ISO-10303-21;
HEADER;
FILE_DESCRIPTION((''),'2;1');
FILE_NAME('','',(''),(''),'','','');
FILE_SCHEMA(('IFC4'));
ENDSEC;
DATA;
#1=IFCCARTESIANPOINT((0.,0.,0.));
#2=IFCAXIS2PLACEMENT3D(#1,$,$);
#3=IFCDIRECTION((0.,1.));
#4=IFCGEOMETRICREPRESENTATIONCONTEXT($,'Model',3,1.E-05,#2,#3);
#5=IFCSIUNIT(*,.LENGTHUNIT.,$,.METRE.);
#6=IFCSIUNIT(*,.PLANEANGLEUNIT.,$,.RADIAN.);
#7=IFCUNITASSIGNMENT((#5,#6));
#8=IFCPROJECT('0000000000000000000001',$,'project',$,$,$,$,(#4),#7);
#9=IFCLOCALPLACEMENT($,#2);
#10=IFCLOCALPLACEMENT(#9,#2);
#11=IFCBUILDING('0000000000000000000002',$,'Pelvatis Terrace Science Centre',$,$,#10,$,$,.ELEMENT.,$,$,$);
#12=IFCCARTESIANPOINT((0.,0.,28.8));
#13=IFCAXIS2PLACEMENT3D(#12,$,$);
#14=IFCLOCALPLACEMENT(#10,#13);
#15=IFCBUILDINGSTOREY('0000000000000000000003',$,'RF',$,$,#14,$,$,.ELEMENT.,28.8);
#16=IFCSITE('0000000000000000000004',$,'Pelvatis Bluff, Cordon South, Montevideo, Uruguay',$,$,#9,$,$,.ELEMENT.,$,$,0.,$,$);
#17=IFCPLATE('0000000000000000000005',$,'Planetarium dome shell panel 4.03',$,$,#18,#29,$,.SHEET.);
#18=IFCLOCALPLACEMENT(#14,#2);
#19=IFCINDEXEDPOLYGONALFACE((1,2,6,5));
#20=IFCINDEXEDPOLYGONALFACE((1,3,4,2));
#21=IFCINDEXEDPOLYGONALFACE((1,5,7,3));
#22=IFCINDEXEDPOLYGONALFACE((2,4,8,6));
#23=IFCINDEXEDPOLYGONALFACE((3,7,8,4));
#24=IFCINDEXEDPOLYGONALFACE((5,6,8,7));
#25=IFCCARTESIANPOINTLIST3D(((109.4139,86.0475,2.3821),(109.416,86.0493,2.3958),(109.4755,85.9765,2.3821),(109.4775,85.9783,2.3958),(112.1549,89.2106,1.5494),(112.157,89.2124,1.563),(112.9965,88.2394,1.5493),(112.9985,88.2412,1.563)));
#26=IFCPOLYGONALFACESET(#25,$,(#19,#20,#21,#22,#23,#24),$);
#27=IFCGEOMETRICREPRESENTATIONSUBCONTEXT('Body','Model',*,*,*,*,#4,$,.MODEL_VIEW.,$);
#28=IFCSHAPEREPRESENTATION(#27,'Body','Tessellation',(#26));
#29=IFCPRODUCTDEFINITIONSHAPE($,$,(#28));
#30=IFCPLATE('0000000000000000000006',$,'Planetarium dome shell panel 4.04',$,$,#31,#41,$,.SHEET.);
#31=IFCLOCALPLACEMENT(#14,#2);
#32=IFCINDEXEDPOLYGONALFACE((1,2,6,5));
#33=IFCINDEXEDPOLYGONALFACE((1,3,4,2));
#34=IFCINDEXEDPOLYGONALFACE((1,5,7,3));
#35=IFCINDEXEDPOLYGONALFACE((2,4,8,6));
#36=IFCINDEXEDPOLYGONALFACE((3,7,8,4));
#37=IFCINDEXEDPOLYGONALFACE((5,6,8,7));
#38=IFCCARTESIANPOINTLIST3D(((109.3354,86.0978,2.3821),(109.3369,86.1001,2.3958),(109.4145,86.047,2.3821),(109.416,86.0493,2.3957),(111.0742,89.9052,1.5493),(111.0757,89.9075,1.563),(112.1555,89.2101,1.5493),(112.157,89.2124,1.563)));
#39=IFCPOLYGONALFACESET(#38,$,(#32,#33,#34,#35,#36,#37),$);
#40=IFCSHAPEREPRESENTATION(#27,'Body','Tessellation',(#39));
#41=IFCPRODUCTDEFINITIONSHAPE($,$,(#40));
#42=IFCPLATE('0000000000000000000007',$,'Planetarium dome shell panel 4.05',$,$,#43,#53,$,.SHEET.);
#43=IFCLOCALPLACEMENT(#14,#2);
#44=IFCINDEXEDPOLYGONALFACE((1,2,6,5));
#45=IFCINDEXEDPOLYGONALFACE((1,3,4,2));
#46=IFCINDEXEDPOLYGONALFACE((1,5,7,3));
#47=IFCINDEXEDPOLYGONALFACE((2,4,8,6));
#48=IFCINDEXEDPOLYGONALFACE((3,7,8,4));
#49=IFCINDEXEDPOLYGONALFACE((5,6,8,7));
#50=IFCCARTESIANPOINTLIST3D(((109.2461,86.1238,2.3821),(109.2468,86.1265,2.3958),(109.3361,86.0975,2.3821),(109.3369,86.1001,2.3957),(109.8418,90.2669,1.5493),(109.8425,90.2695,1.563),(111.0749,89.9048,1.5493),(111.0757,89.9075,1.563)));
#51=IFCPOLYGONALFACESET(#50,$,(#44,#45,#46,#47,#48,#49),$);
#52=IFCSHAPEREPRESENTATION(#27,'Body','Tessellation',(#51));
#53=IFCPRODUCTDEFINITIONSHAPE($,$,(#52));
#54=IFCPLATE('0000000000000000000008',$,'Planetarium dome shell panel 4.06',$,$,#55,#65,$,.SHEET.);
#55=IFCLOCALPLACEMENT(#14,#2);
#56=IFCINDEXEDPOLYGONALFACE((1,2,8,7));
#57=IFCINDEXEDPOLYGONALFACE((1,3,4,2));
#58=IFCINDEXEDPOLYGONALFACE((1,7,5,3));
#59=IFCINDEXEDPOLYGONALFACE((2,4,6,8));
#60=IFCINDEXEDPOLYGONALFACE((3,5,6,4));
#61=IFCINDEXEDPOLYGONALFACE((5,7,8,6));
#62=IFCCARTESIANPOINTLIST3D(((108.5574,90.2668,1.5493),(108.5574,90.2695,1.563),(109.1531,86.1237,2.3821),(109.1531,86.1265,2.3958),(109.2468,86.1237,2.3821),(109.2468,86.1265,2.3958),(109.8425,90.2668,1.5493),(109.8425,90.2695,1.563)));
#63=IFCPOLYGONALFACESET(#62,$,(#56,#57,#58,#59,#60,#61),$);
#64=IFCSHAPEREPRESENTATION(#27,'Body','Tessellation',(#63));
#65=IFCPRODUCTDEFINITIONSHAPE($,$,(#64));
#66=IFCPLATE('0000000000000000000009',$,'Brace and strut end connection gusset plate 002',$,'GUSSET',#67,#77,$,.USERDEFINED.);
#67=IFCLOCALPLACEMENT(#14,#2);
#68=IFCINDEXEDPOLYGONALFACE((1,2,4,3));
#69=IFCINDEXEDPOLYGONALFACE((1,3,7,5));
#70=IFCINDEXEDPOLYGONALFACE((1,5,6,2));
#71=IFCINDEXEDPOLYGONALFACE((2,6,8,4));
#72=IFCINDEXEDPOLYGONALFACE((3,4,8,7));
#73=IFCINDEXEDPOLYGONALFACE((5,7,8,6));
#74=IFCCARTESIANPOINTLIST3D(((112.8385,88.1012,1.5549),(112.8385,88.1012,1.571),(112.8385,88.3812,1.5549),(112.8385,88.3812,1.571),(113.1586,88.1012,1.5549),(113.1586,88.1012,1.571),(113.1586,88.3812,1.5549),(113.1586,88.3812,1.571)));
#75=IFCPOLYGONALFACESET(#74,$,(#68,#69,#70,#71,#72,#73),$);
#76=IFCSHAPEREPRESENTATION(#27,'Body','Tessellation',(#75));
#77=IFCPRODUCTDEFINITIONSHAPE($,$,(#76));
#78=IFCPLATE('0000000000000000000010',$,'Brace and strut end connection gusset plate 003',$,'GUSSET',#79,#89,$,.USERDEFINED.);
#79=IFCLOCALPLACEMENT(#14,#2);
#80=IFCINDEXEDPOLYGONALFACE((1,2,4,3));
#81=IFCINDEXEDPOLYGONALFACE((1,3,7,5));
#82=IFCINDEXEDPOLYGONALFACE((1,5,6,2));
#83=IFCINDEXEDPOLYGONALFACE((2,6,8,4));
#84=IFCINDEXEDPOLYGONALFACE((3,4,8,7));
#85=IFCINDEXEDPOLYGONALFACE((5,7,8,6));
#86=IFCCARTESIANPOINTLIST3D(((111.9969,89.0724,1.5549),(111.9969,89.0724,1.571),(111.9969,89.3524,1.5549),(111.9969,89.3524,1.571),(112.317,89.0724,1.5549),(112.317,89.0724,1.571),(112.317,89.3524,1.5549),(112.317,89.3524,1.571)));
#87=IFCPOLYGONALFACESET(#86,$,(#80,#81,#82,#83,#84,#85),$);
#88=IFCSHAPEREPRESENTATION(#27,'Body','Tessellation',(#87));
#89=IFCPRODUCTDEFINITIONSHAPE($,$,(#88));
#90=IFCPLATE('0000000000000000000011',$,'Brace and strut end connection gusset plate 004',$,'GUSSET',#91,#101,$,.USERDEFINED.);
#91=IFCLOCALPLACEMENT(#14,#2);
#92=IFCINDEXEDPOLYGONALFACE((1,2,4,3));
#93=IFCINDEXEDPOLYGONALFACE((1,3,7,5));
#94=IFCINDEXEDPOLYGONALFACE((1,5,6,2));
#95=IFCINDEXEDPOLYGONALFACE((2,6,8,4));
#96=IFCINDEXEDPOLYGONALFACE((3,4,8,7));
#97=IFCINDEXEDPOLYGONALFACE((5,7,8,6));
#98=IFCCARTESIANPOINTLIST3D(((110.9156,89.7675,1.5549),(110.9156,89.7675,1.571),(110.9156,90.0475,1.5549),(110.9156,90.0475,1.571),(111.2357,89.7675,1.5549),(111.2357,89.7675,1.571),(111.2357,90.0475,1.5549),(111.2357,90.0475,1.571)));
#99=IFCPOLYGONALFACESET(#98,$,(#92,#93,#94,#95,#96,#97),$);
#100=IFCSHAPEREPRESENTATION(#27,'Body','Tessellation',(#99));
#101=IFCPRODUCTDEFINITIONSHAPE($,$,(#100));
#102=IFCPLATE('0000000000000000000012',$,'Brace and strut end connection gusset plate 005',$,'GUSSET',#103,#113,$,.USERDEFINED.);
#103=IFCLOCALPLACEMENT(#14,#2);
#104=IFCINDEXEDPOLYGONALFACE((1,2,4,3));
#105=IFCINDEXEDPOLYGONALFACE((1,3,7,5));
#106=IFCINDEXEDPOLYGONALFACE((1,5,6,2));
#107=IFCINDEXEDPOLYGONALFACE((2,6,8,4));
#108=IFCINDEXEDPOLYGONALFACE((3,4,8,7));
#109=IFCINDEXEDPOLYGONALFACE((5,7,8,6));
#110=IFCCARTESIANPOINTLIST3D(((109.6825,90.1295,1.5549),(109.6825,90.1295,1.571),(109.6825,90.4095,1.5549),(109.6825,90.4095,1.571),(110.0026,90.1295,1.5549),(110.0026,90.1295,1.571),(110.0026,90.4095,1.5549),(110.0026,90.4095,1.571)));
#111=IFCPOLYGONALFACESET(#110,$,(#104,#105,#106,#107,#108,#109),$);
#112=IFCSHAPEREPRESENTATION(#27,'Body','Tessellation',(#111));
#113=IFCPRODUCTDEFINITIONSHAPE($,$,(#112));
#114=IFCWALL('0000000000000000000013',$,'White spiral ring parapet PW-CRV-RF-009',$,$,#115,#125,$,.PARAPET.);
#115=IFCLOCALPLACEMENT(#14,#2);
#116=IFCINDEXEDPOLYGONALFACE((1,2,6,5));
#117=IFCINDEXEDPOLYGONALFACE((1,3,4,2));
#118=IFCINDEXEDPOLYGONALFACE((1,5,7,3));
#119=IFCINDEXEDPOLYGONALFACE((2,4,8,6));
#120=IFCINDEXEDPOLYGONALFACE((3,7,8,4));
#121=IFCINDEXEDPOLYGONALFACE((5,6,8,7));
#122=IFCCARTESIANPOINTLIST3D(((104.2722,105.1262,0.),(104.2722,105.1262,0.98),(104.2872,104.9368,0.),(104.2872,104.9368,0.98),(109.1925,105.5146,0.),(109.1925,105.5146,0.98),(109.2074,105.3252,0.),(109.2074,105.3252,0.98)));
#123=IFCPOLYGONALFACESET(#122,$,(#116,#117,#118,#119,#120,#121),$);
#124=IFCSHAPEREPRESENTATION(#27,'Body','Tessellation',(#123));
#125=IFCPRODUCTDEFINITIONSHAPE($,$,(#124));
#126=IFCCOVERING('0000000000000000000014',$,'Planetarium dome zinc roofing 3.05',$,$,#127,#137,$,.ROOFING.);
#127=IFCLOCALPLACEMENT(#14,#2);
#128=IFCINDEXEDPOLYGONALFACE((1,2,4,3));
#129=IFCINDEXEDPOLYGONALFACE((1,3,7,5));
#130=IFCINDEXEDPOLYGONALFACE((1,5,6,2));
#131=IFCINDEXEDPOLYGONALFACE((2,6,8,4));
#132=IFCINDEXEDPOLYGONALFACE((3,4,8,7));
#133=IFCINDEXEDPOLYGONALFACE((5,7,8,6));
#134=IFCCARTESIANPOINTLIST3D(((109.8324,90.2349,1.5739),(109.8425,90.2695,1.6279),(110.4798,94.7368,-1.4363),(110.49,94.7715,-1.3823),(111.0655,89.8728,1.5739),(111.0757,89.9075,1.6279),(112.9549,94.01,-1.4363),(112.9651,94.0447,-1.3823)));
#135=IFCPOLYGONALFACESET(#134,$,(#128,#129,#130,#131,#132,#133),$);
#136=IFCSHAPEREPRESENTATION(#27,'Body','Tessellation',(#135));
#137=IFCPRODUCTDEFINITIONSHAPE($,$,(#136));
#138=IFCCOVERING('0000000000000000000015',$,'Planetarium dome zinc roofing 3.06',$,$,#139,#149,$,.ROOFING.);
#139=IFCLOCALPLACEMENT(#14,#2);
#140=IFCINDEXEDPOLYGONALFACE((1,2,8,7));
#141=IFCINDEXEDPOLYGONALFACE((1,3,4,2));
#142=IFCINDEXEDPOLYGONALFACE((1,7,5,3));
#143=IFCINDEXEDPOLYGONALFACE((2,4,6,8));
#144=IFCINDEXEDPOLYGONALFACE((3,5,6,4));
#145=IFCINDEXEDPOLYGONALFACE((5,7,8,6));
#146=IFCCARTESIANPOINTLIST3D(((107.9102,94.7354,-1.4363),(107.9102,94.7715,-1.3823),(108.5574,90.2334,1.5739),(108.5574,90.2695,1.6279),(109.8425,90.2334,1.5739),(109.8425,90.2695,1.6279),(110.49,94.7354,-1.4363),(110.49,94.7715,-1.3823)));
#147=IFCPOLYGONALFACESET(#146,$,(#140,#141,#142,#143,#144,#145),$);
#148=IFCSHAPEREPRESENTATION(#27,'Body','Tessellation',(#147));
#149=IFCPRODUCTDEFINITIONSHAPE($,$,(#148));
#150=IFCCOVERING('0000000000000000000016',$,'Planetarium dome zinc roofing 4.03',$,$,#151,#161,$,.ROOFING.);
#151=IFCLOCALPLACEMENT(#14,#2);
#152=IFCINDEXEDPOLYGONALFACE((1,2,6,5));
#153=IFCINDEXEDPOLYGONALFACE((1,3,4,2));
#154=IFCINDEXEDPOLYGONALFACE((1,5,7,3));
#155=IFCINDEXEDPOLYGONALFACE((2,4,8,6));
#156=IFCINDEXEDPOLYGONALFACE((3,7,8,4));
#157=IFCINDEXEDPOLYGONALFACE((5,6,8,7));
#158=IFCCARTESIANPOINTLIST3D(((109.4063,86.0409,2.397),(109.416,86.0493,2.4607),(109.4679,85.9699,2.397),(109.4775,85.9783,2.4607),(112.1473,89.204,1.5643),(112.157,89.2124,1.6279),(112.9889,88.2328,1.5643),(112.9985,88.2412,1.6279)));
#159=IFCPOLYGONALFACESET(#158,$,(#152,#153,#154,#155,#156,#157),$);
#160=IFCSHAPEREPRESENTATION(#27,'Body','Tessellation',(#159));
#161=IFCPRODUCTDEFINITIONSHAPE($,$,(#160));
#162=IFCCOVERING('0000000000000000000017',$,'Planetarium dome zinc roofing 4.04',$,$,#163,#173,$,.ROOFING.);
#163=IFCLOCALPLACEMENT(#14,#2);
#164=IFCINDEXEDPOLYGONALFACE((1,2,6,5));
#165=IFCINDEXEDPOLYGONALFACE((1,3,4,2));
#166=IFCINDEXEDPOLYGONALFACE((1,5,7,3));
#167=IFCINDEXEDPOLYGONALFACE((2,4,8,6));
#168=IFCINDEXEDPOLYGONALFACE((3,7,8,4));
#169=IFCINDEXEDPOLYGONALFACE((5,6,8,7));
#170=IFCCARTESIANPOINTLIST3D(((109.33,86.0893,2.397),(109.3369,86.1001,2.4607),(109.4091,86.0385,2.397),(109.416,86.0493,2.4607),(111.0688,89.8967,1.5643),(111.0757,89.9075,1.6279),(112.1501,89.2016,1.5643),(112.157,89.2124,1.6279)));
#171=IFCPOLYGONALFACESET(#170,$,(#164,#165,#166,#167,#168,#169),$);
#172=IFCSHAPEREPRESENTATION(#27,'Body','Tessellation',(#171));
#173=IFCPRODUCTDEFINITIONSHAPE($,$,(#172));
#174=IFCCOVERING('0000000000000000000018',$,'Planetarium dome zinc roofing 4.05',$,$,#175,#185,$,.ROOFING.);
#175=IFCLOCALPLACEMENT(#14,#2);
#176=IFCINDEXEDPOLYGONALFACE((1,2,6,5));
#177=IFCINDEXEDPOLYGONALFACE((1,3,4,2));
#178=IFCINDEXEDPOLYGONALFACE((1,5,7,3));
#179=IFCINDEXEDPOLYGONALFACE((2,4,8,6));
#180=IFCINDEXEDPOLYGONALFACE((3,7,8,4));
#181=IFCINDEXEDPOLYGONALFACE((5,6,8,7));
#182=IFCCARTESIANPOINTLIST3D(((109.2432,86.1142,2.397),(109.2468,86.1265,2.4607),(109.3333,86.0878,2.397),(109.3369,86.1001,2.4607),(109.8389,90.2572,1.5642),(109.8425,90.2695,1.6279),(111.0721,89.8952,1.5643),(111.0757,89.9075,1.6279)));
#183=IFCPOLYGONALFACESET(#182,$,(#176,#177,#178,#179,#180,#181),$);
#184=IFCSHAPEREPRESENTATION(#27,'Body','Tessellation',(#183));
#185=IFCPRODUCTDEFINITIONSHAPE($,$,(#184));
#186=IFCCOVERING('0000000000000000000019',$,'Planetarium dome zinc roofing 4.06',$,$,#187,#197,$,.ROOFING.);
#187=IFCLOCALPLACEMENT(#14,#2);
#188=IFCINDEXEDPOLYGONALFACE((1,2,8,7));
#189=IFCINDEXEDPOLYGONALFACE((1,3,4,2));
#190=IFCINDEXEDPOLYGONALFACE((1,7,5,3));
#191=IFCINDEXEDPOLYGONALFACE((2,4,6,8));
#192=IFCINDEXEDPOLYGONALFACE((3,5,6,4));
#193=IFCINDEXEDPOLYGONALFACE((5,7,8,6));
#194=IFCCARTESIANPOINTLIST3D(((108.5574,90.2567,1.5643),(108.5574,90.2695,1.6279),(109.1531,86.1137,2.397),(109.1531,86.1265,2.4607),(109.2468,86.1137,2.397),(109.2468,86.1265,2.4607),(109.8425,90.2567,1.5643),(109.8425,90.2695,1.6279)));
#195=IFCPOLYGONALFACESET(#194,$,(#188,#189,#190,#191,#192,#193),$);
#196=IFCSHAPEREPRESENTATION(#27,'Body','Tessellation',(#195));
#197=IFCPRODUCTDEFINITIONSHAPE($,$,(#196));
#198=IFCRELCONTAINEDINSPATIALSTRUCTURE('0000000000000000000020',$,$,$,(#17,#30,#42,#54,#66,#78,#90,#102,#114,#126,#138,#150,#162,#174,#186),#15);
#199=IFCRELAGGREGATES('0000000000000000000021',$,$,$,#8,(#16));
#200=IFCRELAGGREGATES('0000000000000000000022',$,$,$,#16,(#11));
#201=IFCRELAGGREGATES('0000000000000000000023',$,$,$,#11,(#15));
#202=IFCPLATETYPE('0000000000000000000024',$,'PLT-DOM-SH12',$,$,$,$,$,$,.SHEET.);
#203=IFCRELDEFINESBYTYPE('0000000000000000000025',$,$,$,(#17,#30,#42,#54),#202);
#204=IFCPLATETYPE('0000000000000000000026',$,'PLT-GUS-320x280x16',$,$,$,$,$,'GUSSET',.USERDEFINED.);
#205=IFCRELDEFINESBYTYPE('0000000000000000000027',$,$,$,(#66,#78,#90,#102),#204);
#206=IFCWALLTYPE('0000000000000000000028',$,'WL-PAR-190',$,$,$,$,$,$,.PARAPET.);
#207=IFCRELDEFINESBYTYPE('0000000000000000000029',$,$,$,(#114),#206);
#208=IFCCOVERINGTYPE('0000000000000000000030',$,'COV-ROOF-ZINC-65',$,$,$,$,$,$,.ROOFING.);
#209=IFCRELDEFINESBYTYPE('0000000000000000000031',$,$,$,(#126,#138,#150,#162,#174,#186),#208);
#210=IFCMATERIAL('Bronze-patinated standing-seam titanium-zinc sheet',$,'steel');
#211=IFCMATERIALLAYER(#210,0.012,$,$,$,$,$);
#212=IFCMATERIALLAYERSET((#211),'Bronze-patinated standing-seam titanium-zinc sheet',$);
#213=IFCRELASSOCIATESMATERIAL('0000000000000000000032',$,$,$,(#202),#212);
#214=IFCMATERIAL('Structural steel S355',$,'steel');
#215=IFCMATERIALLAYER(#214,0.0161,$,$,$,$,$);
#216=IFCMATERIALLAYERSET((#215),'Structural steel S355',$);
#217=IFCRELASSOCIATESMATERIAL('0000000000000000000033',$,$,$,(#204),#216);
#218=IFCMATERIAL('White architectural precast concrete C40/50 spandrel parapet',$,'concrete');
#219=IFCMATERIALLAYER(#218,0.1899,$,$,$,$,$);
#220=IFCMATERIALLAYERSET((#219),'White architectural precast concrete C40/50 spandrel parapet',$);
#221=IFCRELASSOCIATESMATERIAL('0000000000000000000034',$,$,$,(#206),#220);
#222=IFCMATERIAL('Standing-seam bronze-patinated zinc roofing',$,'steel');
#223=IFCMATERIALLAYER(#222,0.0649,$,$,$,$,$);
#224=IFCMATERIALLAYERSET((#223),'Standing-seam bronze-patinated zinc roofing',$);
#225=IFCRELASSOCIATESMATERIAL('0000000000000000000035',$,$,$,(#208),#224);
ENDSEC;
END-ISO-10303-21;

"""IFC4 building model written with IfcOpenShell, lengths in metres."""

from ifc_helpers import new_model, si_unit, direction, frame, frame_2d, origin, origin_2d, place, context, subcontext, project, spatial, polyline, rectangle, outline, extrude, material, layer, layer_set, type_object, element, save


model = new_model("IFC4")

# Units and contexts
model_context = context("Model", 3, precision=1e-05, world=origin(), true_north=direction((0.0, 1.0)))
body_context = subcontext(model_context, "Body", "Model", "MODEL_VIEW")
ifc_project = project(units=[si_unit("LENGTHUNIT", "METRE"), si_unit("PLANEANGLEUNIT", "RADIAN")], contexts=[model_context])

# Site, building, storey
site_placement = place(None, origin())
site = spatial("IfcSite", under=ifc_project, at=site_placement, Name="Pelvatis Bluff, Cordon South, Montevideo, Uruguay", CompositionType="ELEMENT", RefElevation=0.0)
building_placement = place(site_placement, origin())
building = spatial("IfcBuilding", under=site, at=building_placement, Name="Pelvatis Terrace Science Centre", CompositionType="ELEMENT")
storey_placement = place(building_placement, frame((0.0, 0.0, 28.8)))
storey = spatial("IfcBuildingStorey", under=building, at=storey_placement, Name="RF", CompositionType="ELEMENT", Elevation=28.8)

# Plates
ifc_material_1 = material(Name="Bronze-patinated standing-seam titanium-zinc sheet", Category="steel")
ifc_layer_1 = layer(ifc_material_1, 0.012)
ifc_layer_set_1 = layer_set([ifc_layer_1], Name="Bronze-patinated standing-seam titanium-zinc sheet")
plate_type_1 = type_object("IfcPlateType", Name="PLT-DOM-SH12", PredefinedType="SHEET", material=ifc_layer_set_1)
plate_1_placement = place(storey_placement, frame((112.9985, 88.2412, 1.563), z_axis=(0.148937, 0.12905, 0.98039), x_axis=(-0.654865, 0.755746, 0.000004)))
element("IfcPlate", 1, at=plate_1_placement, inside=storey, type_object=plate_type_1, Name="Planetarium dome shell panel 4.03", PredefinedType="SHEET", context=body_context, shape_type="SweptSolid", body=[
    extrude(outline(polyline([(0.0, 0.0), (1.2851, 0.0), (0.6896, 4.2257), (0.5956, 4.2258), (0.0, 0.0)])), origin(), (0.0, 0.0, -1.0), 0.0139),
])
plate_2_placement = place(storey_placement, frame((112.157, 89.2124, 1.563), z_axis=(0.106553, 0.165776, 0.98039), x_axis=(-0.841198, 0.540727, -0.000008)))
element("IfcPlate", 2, at=plate_2_placement, inside=storey, type_object=plate_type_1, Name="Planetarium dome shell panel 4.04", PredefinedType="SHEET", context=body_context, shape_type="SweptSolid", body=[
    extrude(outline(polyline([(0.0, 0.0), (1.2854, 0.0), (0.6893, 4.2258), (0.5953, 4.2258), (0.0, 0.0)])), origin(), (0.0, 0.0, -1.0), 0.0139),
])
plate_3_placement = place(storey_placement, frame((111.0757, 89.9075, 1.563), z_axis=(0.055504, 0.189083, 0.980391), x_axis=(-0.959499, 0.281712, -0.000011)))
element("IfcPlate", 3, at=plate_3_placement, inside=storey, type_object=plate_type_1, Name="Planetarium dome shell panel 4.05", PredefinedType="SHEET", context=body_context, shape_type="SweptSolid", body=[
    extrude(outline(polyline([(0.0, 0.0), (1.2852, 0.0), (0.6896, 4.2259), (0.5958, 4.2259), (0.0, 0.0)])), origin(), (0.0, 0.0, -1.0), 0.0139),
])
plate_4_placement = place(storey_placement, frame((109.8425, 90.2695, 1.563), z_axis=(0.0, 0.19706, 0.980391), x_axis=(-1.0, 0.0, 0.0)))
element("IfcPlate", 4, at=plate_4_placement, inside=storey, type_object=plate_type_1, Name="Planetarium dome shell panel 4.06", PredefinedType="SHEET", context=body_context, shape_type="SweptSolid", body=[
    extrude(outline(polyline([(0.0, 0.0), (1.2852, 0.0), (0.6895, 4.2259), (0.5957, 4.2259), (0.0, 0.0)])), origin(), (0.0, 0.0, -1.0), 0.0139),
])
ifc_material_2 = material(Name="Structural steel S355", Category="steel")
ifc_layer_2 = layer(ifc_material_2, 0.0161)
ifc_layer_set_2 = layer_set([ifc_layer_2], Name="Structural steel S355")
plate_type_2 = type_object("IfcPlateType", Name="PLT-GUS-320x280x16", ElementType="GUSSET", PredefinedType="USERDEFINED", material=ifc_layer_set_2)
for number, where, z_axis, x_axis, name in (
    (5, (112.9985, 88.2412, 1.5549), (0.0, 0.0, 1.0), (1.0, 0.0, 0.0), "Brace and strut end connection gusset plate 002"),
    (6, (112.157, 89.2124, 1.5549), (0.0, 0.0, 1.0), (1.0, 0.0, 0.0), "Brace and strut end connection gusset plate 003"),
    (7, (111.0757, 89.9075, 1.5549), (0.0, 0.0, 1.0), (1.0, 0.0, 0.0), "Brace and strut end connection gusset plate 004"),
    (8, (109.8425, 90.2695, 1.5549), (0.0, 0.0, 1.0), (1.0, 0.0, 0.0), "Brace and strut end connection gusset plate 005"),
):
    element("IfcPlate", number, at=place(storey_placement, frame(where, z_axis=z_axis, x_axis=x_axis)), inside=storey, type_object=plate_type_2, Name=name, ObjectType="GUSSET", PredefinedType="USERDEFINED", context=body_context, shape_type="SweptSolid", body=[
        extrude(rectangle(XDim=0.3201, YDim=0.28, at=origin_2d()), origin(), (0.0, 0.0, 1.0), 0.0161),
    ])

# Wall
ifc_material_3 = material(Name="White architectural precast concrete C40/50 spandrel parapet", Category="concrete")
ifc_layer_3 = layer(ifc_material_3, 0.1899)
ifc_layer_set_3 = layer_set([ifc_layer_3], Name="White architectural precast concrete C40/50 spandrel parapet")
wall_type = type_object("IfcWallType", Name="WL-PAR-190", PredefinedType="PARAPET", material=ifc_layer_set_3)
wall_placement = place(storey_placement, frame((109.2, 105.4199, 0.0), z_axis=(0.0, 0.0, 1.0), x_axis=(-0.996898, -0.078701, 0.0)))
element("IfcWall", 9, at=wall_placement, inside=storey, type_object=wall_type, Name="White spiral ring parapet PW-CRV-RF-009", PredefinedType="PARAPET", context=body_context, shape_type="SweptSolid", body=[
    extrude(rectangle(XDim=4.9355, YDim=0.1899, at=frame_2d((2.4678, 0.0))), origin(), (0.0, 0.0, 1.0), 0.98),
])

# Coverings
ifc_material_4 = material(Name="Standing-seam bronze-patinated zinc roofing", Category="steel")
ifc_layer_4 = layer(ifc_material_4, 0.0649)
ifc_layer_set_4 = layer_set([ifc_layer_4], Name="Standing-seam bronze-patinated zinc roofing")
covering_type = type_object("IfcCoveringType", Name="COV-ROOF-ZINC-65", PredefinedType="ROOFING", material=ifc_layer_set_4)
covering_1_placement = place(storey_placement, frame((112.9651, 94.0447, -1.3823), z_axis=(0.156603, 0.533326, 0.831287), x_axis=(-0.959489, 0.281747, -0.000006)))
element("IfcCovering", 10, at=covering_1_placement, inside=storey, type_object=covering_type, Name="Planetarium dome zinc roofing 3.05", PredefinedType="ROOFING", context=body_context, shape_type="SweptSolid", body=[
    extrude(outline(polyline([(0.0, 0.0), (2.5796, 0.0), (1.9324, 5.4157), (0.6472, 5.4156), (0.0, 0.0)])), origin(), (0.0, 0.0, -1.0), 0.0649),
])
covering_2_placement = place(storey_placement, frame((110.49, 94.7715, -1.3823), z_axis=(0.0, 0.555844, 0.831287), x_axis=(-1.0, 0.0, 0.0)))
element("IfcCovering", 11, at=covering_2_placement, inside=storey, type_object=covering_type, Name="Planetarium dome zinc roofing 3.06", PredefinedType="ROOFING", context=body_context, shape_type="SweptSolid", body=[
    extrude(outline(polyline([(0.0, 0.0), (2.5798, 0.0), (1.9326, 5.4156), (0.6475, 5.4156), (0.0, 0.0)])), origin(), (0.0, 0.0, -1.0), 0.0649),
])
covering_3_placement = place(storey_placement, frame((112.9985, 88.2412, 1.6279), z_axis=(0.148937, 0.12905, 0.98039), x_axis=(-0.654865, 0.755746, 0.000004)))
element("IfcCovering", 12, at=covering_3_placement, inside=storey, type_object=covering_type, Name="Planetarium dome zinc roofing 4.03", PredefinedType="ROOFING", context=body_context, shape_type="SweptSolid", body=[
    extrude(outline(polyline([(0.0, 0.0), (1.2851, 0.0), (0.6896, 4.2257), (0.5956, 4.2258), (0.0, 0.0)])), origin(), (0.0, 0.0, -1.0), 0.0649),
])
covering_4_placement = place(storey_placement, frame((112.157, 89.2124, 1.6279), z_axis=(0.106553, 0.165776, 0.98039), x_axis=(-0.841198, 0.540727, -0.000008)))
element("IfcCovering", 13, at=covering_4_placement, inside=storey, type_object=covering_type, Name="Planetarium dome zinc roofing 4.04", PredefinedType="ROOFING", context=body_context, shape_type="SweptSolid", body=[
    extrude(outline(polyline([(0.0, 0.0), (1.2854, 0.0), (0.6893, 4.2258), (0.5953, 4.2258), (0.0, 0.0)])), origin(), (0.0, 0.0, -1.0), 0.0649),
])
covering_5_placement = place(storey_placement, frame((111.0757, 89.9075, 1.6279), z_axis=(0.055504, 0.189083, 0.980391), x_axis=(-0.959499, 0.281712, -0.000011)))
element("IfcCovering", 14, at=covering_5_placement, inside=storey, type_object=covering_type, Name="Planetarium dome zinc roofing 4.05", PredefinedType="ROOFING", context=body_context, shape_type="SweptSolid", body=[
    extrude(outline(polyline([(0.0, 0.0), (1.2852, 0.0), (0.6896, 4.2259), (0.5958, 4.2259), (0.0, 0.0)])), origin(), (0.0, 0.0, -1.0), 0.0649),
])
covering_6_placement = place(storey_placement, frame((109.8425, 90.2695, 1.6279), z_axis=(0.0, 0.19706, 0.980391), x_axis=(-1.0, 0.0, 0.0)))
element("IfcCovering", 15, at=covering_6_placement, inside=storey, type_object=covering_type, Name="Planetarium dome zinc roofing 4.06", PredefinedType="ROOFING", context=body_context, shape_type="SweptSolid", body=[
    extrude(outline(polyline([(0.0, 0.0), (1.2852, 0.0), (0.6895, 4.2259), (0.5957, 4.2259), (0.0, 0.0)])), origin(), (0.0, 0.0, -1.0), 0.0649),
])

save(model, "model.ifc")
